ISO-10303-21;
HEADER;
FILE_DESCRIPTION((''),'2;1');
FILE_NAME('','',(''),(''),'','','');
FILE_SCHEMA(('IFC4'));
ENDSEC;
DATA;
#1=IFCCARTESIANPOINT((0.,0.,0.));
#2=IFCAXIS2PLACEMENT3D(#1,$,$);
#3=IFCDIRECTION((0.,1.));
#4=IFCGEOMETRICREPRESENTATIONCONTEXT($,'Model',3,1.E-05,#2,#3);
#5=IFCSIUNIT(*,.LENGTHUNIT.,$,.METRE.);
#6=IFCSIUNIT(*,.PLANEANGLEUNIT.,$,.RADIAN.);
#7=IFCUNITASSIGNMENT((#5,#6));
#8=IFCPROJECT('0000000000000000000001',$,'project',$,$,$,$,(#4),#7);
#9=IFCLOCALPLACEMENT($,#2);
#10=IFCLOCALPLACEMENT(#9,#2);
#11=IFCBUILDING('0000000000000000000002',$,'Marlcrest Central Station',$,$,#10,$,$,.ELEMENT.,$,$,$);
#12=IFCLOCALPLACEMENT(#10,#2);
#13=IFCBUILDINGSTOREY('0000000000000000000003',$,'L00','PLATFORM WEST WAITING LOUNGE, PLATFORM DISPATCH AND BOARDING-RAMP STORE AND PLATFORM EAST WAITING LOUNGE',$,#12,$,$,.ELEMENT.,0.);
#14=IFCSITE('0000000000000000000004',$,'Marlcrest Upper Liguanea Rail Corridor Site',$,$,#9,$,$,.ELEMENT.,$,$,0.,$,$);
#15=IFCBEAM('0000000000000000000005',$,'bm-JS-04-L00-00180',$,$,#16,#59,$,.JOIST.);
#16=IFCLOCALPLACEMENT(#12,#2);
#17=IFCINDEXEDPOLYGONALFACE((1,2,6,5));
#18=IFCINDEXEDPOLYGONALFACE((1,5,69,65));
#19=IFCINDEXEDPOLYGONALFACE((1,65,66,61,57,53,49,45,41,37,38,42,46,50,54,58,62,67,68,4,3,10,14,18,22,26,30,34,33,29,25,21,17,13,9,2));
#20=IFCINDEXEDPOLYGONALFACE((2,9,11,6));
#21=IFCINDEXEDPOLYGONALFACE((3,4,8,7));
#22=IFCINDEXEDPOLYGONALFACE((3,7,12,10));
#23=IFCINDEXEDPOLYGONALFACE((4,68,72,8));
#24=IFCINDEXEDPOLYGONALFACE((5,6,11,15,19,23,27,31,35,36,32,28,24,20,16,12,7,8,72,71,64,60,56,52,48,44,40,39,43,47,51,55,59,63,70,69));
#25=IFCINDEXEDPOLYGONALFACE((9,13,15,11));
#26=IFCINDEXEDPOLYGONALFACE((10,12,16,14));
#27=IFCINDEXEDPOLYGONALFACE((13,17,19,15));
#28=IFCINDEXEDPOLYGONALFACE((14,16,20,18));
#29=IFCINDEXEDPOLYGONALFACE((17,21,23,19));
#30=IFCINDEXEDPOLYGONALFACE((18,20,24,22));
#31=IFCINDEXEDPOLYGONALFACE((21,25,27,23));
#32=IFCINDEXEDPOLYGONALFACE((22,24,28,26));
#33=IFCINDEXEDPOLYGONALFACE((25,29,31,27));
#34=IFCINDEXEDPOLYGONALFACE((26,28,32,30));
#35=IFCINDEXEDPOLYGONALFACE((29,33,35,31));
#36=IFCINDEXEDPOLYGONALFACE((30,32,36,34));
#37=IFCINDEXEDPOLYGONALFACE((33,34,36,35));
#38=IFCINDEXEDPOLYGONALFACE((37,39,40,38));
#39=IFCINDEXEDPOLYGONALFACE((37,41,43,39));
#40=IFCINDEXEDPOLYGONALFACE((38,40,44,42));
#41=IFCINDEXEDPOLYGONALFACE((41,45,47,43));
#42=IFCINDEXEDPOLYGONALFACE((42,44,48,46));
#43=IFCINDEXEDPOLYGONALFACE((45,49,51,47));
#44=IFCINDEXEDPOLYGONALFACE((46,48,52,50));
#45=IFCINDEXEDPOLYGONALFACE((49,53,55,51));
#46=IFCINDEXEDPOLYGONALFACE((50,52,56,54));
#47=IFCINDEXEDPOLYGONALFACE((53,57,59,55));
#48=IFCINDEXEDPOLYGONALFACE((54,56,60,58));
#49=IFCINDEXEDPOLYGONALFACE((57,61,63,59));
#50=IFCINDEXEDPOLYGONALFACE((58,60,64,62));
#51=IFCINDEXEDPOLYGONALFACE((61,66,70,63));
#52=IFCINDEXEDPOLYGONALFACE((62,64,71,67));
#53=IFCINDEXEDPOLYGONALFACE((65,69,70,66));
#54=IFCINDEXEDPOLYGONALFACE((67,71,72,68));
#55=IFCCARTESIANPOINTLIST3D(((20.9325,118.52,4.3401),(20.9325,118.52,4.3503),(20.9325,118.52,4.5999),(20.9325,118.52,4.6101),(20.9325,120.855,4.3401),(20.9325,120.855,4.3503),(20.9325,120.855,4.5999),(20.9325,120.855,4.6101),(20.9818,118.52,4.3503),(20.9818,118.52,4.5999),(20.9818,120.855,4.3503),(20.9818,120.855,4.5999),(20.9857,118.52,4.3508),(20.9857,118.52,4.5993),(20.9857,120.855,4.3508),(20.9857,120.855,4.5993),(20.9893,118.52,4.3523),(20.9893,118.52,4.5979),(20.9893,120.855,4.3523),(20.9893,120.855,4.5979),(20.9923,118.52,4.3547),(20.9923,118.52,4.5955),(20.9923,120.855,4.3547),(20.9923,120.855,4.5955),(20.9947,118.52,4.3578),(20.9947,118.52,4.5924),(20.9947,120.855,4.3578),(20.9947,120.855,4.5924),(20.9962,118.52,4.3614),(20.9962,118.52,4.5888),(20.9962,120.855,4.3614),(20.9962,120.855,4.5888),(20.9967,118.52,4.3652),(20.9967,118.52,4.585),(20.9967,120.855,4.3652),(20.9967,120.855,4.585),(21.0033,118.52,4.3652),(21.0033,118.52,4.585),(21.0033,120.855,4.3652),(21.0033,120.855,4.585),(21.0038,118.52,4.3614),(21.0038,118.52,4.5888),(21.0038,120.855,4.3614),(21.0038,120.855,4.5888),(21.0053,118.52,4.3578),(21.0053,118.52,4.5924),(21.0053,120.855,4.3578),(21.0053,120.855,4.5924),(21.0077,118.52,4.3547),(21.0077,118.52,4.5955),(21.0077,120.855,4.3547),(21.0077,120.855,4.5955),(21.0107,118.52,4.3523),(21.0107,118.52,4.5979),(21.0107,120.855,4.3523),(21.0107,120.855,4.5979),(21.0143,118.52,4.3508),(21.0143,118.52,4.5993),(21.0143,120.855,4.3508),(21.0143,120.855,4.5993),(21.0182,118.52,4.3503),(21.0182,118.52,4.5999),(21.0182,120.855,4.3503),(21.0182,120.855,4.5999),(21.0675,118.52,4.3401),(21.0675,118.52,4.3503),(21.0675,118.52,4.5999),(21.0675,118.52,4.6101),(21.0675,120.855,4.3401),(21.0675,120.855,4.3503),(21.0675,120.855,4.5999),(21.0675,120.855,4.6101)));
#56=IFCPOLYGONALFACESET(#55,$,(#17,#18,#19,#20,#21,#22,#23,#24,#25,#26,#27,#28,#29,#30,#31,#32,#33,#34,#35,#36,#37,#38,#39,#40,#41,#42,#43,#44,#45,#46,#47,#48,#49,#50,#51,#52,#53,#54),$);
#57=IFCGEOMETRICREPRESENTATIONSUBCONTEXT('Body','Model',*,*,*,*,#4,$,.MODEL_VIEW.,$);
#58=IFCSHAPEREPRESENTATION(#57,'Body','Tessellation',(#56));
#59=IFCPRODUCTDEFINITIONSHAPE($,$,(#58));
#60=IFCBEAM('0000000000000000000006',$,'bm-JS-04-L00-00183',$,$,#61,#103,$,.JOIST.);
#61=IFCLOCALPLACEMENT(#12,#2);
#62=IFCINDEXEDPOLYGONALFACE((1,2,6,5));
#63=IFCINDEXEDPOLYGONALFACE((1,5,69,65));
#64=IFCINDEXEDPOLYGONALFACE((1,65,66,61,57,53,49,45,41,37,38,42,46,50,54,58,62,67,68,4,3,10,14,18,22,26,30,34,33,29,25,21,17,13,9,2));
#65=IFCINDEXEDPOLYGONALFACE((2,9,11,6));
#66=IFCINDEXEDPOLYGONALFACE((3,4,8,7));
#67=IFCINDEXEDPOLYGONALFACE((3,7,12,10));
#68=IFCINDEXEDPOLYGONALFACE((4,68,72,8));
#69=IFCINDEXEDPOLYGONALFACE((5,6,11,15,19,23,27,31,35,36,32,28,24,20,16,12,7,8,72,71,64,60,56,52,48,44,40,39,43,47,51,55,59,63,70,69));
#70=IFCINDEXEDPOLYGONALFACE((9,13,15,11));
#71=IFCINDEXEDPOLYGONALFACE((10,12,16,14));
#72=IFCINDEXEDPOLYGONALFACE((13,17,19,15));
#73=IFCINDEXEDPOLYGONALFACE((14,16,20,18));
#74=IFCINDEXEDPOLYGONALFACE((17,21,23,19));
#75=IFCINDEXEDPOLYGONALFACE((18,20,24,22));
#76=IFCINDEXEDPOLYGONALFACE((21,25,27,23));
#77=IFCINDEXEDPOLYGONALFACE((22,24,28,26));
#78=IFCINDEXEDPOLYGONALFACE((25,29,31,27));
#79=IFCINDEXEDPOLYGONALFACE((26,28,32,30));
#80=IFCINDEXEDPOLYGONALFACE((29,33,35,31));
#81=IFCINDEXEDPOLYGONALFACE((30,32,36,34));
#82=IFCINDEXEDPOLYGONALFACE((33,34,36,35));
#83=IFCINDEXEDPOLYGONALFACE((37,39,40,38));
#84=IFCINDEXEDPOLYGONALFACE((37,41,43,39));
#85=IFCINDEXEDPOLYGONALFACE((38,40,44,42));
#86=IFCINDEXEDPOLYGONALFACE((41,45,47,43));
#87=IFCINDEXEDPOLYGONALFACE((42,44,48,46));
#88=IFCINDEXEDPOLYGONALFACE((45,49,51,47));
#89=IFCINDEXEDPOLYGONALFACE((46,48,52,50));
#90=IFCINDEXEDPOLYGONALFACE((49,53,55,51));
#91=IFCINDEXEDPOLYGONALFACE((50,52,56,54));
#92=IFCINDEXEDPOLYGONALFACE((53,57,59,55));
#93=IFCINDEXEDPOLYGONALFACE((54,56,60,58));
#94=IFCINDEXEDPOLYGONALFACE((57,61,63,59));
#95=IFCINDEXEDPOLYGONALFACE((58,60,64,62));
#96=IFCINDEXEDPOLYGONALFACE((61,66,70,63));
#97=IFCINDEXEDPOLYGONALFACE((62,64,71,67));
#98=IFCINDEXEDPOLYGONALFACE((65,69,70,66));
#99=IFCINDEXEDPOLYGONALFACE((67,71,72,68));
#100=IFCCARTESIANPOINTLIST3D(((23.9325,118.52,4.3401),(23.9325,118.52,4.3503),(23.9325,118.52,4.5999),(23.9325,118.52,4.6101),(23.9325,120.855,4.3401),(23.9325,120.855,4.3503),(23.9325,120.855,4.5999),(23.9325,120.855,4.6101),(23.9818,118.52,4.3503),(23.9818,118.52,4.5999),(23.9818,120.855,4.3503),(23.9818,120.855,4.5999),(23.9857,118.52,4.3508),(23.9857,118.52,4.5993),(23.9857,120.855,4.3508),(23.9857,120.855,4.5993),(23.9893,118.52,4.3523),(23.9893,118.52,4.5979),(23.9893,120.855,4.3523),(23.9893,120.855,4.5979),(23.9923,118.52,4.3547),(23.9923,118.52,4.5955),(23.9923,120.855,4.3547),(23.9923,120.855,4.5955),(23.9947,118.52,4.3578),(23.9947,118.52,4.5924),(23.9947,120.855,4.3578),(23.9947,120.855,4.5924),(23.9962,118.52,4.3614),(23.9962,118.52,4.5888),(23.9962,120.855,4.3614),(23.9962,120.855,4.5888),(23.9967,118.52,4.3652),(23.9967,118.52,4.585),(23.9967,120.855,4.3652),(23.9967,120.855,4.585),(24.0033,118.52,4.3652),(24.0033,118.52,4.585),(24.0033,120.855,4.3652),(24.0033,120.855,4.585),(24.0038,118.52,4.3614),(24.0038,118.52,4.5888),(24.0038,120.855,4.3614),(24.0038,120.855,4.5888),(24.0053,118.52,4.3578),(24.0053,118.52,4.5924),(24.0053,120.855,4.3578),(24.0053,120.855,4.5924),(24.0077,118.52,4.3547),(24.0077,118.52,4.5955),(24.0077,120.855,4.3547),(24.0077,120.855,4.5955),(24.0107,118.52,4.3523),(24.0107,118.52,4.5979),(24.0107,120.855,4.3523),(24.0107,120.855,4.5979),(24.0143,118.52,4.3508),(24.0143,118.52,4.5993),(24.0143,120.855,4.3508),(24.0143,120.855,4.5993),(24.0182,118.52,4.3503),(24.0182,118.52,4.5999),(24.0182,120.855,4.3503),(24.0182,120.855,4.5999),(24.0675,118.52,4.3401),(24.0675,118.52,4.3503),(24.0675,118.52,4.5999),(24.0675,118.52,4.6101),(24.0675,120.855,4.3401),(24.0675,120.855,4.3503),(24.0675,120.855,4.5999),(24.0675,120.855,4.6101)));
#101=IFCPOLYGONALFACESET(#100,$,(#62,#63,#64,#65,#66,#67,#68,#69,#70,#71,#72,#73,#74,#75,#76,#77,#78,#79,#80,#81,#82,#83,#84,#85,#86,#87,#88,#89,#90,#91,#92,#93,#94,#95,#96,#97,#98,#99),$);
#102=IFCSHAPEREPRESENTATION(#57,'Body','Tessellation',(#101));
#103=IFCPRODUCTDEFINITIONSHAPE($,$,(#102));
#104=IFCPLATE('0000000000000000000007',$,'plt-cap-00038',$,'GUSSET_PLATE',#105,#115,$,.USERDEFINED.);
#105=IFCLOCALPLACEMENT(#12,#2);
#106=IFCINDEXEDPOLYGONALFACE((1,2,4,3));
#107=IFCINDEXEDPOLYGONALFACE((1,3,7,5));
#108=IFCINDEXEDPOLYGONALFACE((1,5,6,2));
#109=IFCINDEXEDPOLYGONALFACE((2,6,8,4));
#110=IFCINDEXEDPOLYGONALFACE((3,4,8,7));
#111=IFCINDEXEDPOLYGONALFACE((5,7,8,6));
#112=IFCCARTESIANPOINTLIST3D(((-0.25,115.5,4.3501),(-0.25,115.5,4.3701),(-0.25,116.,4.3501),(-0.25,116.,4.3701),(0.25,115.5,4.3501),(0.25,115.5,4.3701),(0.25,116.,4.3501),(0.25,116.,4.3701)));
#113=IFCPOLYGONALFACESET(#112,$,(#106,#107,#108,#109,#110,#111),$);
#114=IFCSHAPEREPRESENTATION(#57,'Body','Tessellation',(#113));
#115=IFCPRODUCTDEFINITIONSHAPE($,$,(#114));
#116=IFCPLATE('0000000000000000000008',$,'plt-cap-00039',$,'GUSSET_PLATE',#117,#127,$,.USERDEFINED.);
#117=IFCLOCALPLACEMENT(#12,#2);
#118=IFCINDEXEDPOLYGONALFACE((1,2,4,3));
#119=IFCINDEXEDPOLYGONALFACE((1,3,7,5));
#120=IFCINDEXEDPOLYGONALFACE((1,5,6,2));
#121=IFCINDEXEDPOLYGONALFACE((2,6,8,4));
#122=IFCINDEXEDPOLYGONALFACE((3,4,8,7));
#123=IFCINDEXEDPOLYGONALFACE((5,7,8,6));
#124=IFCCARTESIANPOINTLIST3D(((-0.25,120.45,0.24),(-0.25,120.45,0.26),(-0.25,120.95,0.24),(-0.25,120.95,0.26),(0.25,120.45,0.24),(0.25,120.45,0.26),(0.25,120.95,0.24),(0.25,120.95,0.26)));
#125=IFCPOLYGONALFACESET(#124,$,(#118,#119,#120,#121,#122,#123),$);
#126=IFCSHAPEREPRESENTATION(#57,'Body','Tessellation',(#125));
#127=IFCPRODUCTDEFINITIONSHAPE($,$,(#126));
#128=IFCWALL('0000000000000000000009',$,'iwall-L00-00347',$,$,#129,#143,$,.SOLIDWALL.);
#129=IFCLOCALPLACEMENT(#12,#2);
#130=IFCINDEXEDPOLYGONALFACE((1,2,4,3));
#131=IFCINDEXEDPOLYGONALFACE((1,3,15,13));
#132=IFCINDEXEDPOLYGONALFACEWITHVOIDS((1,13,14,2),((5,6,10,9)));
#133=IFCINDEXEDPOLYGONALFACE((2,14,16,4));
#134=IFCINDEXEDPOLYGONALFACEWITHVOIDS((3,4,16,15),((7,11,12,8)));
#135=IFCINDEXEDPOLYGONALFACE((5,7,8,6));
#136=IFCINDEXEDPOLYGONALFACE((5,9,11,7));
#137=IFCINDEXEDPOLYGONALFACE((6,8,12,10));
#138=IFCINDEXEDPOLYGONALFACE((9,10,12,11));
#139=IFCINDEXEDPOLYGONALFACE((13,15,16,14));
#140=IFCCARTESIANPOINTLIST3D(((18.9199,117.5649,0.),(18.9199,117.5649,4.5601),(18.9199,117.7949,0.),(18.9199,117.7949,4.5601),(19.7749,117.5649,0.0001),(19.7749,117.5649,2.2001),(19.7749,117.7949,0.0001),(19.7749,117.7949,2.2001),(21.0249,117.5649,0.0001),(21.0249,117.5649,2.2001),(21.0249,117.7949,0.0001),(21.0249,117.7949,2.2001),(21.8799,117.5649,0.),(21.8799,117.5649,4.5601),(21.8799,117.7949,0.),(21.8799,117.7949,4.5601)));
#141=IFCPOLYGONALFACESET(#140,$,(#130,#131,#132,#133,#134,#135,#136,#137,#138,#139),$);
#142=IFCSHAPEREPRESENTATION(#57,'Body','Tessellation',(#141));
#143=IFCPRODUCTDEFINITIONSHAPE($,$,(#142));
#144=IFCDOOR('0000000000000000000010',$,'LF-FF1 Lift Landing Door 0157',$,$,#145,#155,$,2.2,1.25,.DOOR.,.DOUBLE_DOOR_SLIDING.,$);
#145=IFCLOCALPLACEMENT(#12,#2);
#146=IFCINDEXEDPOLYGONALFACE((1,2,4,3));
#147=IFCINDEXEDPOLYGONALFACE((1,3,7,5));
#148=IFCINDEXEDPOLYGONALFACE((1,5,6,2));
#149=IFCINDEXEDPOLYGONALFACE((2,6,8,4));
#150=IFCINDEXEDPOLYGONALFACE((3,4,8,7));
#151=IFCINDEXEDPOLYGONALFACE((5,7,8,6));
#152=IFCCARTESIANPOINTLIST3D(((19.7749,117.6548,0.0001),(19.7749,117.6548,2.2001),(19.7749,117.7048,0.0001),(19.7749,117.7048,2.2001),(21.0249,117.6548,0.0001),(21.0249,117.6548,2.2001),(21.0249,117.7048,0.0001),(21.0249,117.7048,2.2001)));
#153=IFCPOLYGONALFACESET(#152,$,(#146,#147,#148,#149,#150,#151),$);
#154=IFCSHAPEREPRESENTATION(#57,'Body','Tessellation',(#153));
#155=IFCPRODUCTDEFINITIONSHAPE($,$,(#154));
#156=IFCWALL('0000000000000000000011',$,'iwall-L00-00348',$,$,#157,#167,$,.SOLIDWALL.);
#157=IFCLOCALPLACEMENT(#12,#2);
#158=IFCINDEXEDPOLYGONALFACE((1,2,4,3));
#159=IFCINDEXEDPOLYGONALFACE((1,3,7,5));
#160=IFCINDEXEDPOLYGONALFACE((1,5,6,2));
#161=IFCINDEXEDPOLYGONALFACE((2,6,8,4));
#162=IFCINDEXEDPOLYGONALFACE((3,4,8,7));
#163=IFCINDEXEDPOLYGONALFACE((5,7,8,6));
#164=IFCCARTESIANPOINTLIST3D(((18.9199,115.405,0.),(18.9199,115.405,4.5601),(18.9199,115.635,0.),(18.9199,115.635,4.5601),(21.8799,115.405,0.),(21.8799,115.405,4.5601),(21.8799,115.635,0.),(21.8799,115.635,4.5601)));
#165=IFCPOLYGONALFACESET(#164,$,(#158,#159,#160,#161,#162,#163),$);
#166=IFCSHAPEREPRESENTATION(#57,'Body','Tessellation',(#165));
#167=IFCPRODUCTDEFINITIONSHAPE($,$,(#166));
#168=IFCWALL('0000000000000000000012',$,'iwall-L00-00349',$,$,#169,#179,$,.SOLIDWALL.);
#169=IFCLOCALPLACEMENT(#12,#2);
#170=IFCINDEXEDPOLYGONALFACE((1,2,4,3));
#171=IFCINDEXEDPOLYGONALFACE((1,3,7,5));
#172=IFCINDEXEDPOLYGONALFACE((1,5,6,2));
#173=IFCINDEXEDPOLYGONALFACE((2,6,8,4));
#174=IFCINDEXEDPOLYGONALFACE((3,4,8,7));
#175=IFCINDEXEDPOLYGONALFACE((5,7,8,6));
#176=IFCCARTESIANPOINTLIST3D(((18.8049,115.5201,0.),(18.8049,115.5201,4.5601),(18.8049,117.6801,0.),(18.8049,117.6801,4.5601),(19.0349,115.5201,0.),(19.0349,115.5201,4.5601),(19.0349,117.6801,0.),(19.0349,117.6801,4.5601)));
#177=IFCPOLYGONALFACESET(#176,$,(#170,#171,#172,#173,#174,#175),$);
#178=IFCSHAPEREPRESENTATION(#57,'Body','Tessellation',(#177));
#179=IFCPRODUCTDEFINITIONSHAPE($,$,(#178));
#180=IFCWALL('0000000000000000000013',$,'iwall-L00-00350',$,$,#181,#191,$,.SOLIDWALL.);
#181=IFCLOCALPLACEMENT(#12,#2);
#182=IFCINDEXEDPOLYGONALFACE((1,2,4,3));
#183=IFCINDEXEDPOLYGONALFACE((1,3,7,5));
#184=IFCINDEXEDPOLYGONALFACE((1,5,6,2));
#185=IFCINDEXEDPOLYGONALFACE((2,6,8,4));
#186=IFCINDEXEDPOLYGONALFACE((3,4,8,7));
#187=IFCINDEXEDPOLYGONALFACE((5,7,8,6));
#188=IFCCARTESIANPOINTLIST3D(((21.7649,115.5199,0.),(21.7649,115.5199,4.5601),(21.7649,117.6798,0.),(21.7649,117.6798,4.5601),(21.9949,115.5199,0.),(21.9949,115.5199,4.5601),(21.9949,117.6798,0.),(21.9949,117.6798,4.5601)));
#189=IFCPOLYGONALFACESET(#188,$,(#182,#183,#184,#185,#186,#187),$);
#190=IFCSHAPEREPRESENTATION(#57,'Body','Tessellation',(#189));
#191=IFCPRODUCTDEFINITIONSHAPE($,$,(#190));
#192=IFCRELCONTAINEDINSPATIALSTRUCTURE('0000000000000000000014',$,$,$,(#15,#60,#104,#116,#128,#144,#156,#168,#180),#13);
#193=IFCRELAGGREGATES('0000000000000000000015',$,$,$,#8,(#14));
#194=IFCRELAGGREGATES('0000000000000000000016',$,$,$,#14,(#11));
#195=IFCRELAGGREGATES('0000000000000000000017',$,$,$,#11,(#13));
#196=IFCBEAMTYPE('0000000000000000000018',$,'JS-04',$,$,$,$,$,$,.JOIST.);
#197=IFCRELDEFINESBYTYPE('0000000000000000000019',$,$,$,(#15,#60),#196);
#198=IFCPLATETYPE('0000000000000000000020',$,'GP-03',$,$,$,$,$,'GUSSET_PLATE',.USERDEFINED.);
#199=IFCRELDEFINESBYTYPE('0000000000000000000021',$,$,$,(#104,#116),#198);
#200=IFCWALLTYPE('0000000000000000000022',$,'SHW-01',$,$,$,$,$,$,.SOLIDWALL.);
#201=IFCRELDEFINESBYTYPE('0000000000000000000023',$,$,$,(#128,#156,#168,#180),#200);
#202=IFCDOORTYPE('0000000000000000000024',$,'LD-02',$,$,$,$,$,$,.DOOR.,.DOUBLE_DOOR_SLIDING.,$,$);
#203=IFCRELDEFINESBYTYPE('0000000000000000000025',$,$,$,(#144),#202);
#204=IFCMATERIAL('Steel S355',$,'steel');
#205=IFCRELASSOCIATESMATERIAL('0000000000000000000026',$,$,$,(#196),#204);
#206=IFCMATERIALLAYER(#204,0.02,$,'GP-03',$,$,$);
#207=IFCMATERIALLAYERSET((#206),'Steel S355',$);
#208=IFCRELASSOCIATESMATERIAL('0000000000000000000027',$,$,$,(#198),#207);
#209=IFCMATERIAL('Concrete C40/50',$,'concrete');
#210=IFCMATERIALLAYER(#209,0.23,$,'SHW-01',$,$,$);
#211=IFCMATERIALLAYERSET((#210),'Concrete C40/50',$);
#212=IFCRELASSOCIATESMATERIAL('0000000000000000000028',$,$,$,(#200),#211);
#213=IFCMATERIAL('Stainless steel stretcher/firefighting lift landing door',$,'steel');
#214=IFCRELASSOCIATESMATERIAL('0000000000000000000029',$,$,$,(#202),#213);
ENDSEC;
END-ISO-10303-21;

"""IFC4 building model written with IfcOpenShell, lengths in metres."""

from ifc_helpers import new_model, si_unit, direction, frame, frame_2d, origin, origin_2d, place, context, subcontext, project, spatial, rectangle, i_section, extrude, material, layer, layer_set, material_profile, profile_set, type_object, element, fill, save


model = new_model("IFC4")

# Units and contexts
model_context = context("Model", 3, precision=1e-05, world=origin(), true_north=direction((0.0, 1.0)))
body_context = subcontext(model_context, "Body", "Model", "MODEL_VIEW")
ifc_project = project(units=[si_unit("LENGTHUNIT", "METRE"), si_unit("PLANEANGLEUNIT", "RADIAN")], contexts=[model_context])

# Site, building, storey
site_placement = place(None, origin())
site = spatial("IfcSite", under=ifc_project, at=site_placement, Name="Marlcrest Upper Liguanea Rail Corridor Site", CompositionType="ELEMENT", RefElevation=0.0)
building_placement = place(site_placement, origin())
building = spatial("IfcBuilding", under=site, at=building_placement, Name="Marlcrest Central Station", CompositionType="ELEMENT")
storey_placement = place(building_placement, origin())
storey = spatial("IfcBuildingStorey", under=building, at=storey_placement, Name="L00", Description="PLATFORM WEST WAITING LOUNGE, PLATFORM DISPATCH AND BOARDING-RAMP STORE AND PLATFORM EAST WAITING LOUNGE", CompositionType="ELEMENT", Elevation=0.0)

# Shared definitions
ifc_material_1 = material(Name="Steel S355", Category="steel")

# Beams
ifc_material_profile_1 = material_profile(ifc_material_1, i_section(OverallWidth=0.135, OverallDepth=0.27, WebThickness=0.0066, FlangeThickness=0.0103, FilletRadius=0.0149, at=origin_2d()), Name="IPE 270")
ifc_profile_set_1 = profile_set([ifc_material_profile_1], Name="Steel S355")
beam_type_1 = type_object("IfcBeamType", Name="JS-04", PredefinedType="JOIST", material=ifc_profile_set_1)
for number, where, z_axis, x_axis, name in (
    (1, (21.0, 118.52, 4.4751), (0.0, 1.0, 0.0), (-1.0, 0.0, 0.0), "bm-JS-04-L00-00180"),
    (2, (24.0, 118.52, 4.4751), (0.0, 1.0, 0.0), (-1.0, 0.0, 0.0), "bm-JS-04-L00-00183"),
):
    element("IfcBeam", number, at=place(storey_placement, frame(where, z_axis=z_axis, x_axis=x_axis)), inside=storey, type_object=beam_type_1, Name=name, PredefinedType="JOIST", context=body_context, shape_type="SweptSolid", body=[
        extrude(i_section(OverallWidth=0.135, OverallDepth=0.27, WebThickness=0.0066, FlangeThickness=0.0103, FilletRadius=0.0149, at=origin_2d()), origin(), (0.0, 0.0, 1.0), 2.335),
    ])

# Plates
ifc_layer_1 = layer(ifc_material_1, 0.02, Name="GP-03")
ifc_layer_set_1 = layer_set([ifc_layer_1], Name="Steel S355")
plate_type = type_object("IfcPlateType", Name="GP-03", ElementType="GUSSET_PLATE", PredefinedType="USERDEFINED", material=ifc_layer_set_1)
for number, where, z_axis, x_axis, name in (
    (3, (0.0, 115.75, 4.3501), (0.0, 0.0, 1.0), (1.0, 0.0, 0.0), "plt-cap-00038"),
    (4, (0.0, 120.7, 0.24), (0.0, 0.0, 1.0), (1.0, 0.0, 0.0), "plt-cap-00039"),
):
    element("IfcPlate", number, at=place(storey_placement, frame(where, z_axis=z_axis, x_axis=x_axis)), inside=storey, type_object=plate_type, Name=name, ObjectType="GUSSET_PLATE", PredefinedType="USERDEFINED", context=body_context, shape_type="SweptSolid", body=[
        extrude(rectangle(XDim=0.5, YDim=0.5, at=origin_2d()), origin(), (0.0, 0.0, 1.0), 0.02),
    ])

# Wall, opening, door
ifc_material_2 = material(Name="Concrete C40/50", Category="concrete")
ifc_layer_2 = layer(ifc_material_2, 0.23, Name="SHW-01")
ifc_layer_set_2 = layer_set([ifc_layer_2], Name="Concrete C40/50")
wall_type_1 = type_object("IfcWallType", Name="SHW-01", PredefinedType="SOLIDWALL", material=ifc_layer_set_2)
wall_1_placement = place(storey_placement, frame((18.9199, 117.6799, 0.0), z_axis=(0.0, 0.0, 1.0), x_axis=(1.0, 0.0, 0.0)))
wall_1 = element("IfcWall", 5, at=wall_1_placement, inside=storey, type_object=wall_type_1, Name="iwall-L00-00347", PredefinedType="SOLIDWALL", context=body_context, shape_type="SweptSolid", body=[
    extrude(rectangle(XDim=2.96, YDim=0.23, at=frame_2d((1.48, 0.0))), origin(), (0.0, 0.0, 1.0), 4.5601),
])
opening_1_placement = place(wall_1_placement, frame((0.855, 0.0, 0.0)))
opening_1 = element("IfcOpeningElement", 6, at=opening_1_placement, cuts=wall_1, PredefinedType="OPENING", context=body_context, shape_type="SweptSolid", body=[
    extrude(rectangle(XDim=1.25, YDim=2.2, at=frame_2d((0.625, 1.1001))), frame((0.0, 0.125, 0.0), z_axis=(0.0, -1.0, 0.0), x_axis=(1.0, 0.0, 0.0)), (0.0, 0.0, 1.0), 0.25),
])
ifc_material_3 = material(Name="Stainless steel stretcher/firefighting lift landing door", Category="steel")
door_type_1 = type_object("IfcDoorType", Name="LD-02", OperationType="DOUBLE_DOOR_SLIDING", PredefinedType="DOOR", material=ifc_material_3)
door_1_placement = place(opening_1_placement, origin())
door_1 = element("IfcDoor", 7, at=door_1_placement, inside=storey, type_object=door_type_1, Name="LF-FF1 Lift Landing Door 0157", OperationType="DOUBLE_DOOR_SLIDING", OverallHeight=2.2, OverallWidth=1.25, PredefinedType="DOOR", context=body_context, shape_type="SweptSolid", body=[
    extrude(rectangle(XDim=1.25, YDim=2.2, at=frame_2d((0.625, 1.1001))), frame((0.0, 0.0249, 0.0), z_axis=(0.0, -1.0, 0.0), x_axis=(1.0, 0.0, 0.0)), (0.0, 0.0, 1.0), 0.05),
])
fill(opening_1, door_1)

# Walls
wall_2_placement = place(storey_placement, frame((21.8799, 115.52, 0.0), z_axis=(0.0, 0.0, 1.0), x_axis=(-1.0, 0.0, 0.0)))
element("IfcWall", 8, at=wall_2_placement, inside=storey, type_object=wall_type_1, Name="iwall-L00-00348", PredefinedType="SOLIDWALL", context=body_context, shape_type="SweptSolid", body=[
    extrude(rectangle(XDim=2.96, YDim=0.23, at=frame_2d((1.48, 0.0))), origin(), (0.0, 0.0, 1.0), 4.5601),
])
for number, where, z_axis, x_axis, name in (
    (9, (18.9199, 115.52, 0.0), (0.0, 0.0, 1.0), (0.0, 1.0, 0.0), "iwall-L00-00349"),
    (10, (21.8799, 117.6799, 0.0), (0.0, 0.0, 1.0), (0.0, -1.0, 0.0), "iwall-L00-00350"),
):
    element("IfcWall", number, at=place(storey_placement, frame(where, z_axis=z_axis, x_axis=x_axis)), inside=storey, type_object=wall_type_1, Name=name, PredefinedType="SOLIDWALL", context=body_context, shape_type="SweptSolid", body=[
        extrude(rectangle(XDim=2.1599, YDim=0.23, at=frame_2d((1.0801, 0.0))), origin(), (0.0, 0.0, 1.0), 4.5601),
    ])

save(model, "model.ifc")
